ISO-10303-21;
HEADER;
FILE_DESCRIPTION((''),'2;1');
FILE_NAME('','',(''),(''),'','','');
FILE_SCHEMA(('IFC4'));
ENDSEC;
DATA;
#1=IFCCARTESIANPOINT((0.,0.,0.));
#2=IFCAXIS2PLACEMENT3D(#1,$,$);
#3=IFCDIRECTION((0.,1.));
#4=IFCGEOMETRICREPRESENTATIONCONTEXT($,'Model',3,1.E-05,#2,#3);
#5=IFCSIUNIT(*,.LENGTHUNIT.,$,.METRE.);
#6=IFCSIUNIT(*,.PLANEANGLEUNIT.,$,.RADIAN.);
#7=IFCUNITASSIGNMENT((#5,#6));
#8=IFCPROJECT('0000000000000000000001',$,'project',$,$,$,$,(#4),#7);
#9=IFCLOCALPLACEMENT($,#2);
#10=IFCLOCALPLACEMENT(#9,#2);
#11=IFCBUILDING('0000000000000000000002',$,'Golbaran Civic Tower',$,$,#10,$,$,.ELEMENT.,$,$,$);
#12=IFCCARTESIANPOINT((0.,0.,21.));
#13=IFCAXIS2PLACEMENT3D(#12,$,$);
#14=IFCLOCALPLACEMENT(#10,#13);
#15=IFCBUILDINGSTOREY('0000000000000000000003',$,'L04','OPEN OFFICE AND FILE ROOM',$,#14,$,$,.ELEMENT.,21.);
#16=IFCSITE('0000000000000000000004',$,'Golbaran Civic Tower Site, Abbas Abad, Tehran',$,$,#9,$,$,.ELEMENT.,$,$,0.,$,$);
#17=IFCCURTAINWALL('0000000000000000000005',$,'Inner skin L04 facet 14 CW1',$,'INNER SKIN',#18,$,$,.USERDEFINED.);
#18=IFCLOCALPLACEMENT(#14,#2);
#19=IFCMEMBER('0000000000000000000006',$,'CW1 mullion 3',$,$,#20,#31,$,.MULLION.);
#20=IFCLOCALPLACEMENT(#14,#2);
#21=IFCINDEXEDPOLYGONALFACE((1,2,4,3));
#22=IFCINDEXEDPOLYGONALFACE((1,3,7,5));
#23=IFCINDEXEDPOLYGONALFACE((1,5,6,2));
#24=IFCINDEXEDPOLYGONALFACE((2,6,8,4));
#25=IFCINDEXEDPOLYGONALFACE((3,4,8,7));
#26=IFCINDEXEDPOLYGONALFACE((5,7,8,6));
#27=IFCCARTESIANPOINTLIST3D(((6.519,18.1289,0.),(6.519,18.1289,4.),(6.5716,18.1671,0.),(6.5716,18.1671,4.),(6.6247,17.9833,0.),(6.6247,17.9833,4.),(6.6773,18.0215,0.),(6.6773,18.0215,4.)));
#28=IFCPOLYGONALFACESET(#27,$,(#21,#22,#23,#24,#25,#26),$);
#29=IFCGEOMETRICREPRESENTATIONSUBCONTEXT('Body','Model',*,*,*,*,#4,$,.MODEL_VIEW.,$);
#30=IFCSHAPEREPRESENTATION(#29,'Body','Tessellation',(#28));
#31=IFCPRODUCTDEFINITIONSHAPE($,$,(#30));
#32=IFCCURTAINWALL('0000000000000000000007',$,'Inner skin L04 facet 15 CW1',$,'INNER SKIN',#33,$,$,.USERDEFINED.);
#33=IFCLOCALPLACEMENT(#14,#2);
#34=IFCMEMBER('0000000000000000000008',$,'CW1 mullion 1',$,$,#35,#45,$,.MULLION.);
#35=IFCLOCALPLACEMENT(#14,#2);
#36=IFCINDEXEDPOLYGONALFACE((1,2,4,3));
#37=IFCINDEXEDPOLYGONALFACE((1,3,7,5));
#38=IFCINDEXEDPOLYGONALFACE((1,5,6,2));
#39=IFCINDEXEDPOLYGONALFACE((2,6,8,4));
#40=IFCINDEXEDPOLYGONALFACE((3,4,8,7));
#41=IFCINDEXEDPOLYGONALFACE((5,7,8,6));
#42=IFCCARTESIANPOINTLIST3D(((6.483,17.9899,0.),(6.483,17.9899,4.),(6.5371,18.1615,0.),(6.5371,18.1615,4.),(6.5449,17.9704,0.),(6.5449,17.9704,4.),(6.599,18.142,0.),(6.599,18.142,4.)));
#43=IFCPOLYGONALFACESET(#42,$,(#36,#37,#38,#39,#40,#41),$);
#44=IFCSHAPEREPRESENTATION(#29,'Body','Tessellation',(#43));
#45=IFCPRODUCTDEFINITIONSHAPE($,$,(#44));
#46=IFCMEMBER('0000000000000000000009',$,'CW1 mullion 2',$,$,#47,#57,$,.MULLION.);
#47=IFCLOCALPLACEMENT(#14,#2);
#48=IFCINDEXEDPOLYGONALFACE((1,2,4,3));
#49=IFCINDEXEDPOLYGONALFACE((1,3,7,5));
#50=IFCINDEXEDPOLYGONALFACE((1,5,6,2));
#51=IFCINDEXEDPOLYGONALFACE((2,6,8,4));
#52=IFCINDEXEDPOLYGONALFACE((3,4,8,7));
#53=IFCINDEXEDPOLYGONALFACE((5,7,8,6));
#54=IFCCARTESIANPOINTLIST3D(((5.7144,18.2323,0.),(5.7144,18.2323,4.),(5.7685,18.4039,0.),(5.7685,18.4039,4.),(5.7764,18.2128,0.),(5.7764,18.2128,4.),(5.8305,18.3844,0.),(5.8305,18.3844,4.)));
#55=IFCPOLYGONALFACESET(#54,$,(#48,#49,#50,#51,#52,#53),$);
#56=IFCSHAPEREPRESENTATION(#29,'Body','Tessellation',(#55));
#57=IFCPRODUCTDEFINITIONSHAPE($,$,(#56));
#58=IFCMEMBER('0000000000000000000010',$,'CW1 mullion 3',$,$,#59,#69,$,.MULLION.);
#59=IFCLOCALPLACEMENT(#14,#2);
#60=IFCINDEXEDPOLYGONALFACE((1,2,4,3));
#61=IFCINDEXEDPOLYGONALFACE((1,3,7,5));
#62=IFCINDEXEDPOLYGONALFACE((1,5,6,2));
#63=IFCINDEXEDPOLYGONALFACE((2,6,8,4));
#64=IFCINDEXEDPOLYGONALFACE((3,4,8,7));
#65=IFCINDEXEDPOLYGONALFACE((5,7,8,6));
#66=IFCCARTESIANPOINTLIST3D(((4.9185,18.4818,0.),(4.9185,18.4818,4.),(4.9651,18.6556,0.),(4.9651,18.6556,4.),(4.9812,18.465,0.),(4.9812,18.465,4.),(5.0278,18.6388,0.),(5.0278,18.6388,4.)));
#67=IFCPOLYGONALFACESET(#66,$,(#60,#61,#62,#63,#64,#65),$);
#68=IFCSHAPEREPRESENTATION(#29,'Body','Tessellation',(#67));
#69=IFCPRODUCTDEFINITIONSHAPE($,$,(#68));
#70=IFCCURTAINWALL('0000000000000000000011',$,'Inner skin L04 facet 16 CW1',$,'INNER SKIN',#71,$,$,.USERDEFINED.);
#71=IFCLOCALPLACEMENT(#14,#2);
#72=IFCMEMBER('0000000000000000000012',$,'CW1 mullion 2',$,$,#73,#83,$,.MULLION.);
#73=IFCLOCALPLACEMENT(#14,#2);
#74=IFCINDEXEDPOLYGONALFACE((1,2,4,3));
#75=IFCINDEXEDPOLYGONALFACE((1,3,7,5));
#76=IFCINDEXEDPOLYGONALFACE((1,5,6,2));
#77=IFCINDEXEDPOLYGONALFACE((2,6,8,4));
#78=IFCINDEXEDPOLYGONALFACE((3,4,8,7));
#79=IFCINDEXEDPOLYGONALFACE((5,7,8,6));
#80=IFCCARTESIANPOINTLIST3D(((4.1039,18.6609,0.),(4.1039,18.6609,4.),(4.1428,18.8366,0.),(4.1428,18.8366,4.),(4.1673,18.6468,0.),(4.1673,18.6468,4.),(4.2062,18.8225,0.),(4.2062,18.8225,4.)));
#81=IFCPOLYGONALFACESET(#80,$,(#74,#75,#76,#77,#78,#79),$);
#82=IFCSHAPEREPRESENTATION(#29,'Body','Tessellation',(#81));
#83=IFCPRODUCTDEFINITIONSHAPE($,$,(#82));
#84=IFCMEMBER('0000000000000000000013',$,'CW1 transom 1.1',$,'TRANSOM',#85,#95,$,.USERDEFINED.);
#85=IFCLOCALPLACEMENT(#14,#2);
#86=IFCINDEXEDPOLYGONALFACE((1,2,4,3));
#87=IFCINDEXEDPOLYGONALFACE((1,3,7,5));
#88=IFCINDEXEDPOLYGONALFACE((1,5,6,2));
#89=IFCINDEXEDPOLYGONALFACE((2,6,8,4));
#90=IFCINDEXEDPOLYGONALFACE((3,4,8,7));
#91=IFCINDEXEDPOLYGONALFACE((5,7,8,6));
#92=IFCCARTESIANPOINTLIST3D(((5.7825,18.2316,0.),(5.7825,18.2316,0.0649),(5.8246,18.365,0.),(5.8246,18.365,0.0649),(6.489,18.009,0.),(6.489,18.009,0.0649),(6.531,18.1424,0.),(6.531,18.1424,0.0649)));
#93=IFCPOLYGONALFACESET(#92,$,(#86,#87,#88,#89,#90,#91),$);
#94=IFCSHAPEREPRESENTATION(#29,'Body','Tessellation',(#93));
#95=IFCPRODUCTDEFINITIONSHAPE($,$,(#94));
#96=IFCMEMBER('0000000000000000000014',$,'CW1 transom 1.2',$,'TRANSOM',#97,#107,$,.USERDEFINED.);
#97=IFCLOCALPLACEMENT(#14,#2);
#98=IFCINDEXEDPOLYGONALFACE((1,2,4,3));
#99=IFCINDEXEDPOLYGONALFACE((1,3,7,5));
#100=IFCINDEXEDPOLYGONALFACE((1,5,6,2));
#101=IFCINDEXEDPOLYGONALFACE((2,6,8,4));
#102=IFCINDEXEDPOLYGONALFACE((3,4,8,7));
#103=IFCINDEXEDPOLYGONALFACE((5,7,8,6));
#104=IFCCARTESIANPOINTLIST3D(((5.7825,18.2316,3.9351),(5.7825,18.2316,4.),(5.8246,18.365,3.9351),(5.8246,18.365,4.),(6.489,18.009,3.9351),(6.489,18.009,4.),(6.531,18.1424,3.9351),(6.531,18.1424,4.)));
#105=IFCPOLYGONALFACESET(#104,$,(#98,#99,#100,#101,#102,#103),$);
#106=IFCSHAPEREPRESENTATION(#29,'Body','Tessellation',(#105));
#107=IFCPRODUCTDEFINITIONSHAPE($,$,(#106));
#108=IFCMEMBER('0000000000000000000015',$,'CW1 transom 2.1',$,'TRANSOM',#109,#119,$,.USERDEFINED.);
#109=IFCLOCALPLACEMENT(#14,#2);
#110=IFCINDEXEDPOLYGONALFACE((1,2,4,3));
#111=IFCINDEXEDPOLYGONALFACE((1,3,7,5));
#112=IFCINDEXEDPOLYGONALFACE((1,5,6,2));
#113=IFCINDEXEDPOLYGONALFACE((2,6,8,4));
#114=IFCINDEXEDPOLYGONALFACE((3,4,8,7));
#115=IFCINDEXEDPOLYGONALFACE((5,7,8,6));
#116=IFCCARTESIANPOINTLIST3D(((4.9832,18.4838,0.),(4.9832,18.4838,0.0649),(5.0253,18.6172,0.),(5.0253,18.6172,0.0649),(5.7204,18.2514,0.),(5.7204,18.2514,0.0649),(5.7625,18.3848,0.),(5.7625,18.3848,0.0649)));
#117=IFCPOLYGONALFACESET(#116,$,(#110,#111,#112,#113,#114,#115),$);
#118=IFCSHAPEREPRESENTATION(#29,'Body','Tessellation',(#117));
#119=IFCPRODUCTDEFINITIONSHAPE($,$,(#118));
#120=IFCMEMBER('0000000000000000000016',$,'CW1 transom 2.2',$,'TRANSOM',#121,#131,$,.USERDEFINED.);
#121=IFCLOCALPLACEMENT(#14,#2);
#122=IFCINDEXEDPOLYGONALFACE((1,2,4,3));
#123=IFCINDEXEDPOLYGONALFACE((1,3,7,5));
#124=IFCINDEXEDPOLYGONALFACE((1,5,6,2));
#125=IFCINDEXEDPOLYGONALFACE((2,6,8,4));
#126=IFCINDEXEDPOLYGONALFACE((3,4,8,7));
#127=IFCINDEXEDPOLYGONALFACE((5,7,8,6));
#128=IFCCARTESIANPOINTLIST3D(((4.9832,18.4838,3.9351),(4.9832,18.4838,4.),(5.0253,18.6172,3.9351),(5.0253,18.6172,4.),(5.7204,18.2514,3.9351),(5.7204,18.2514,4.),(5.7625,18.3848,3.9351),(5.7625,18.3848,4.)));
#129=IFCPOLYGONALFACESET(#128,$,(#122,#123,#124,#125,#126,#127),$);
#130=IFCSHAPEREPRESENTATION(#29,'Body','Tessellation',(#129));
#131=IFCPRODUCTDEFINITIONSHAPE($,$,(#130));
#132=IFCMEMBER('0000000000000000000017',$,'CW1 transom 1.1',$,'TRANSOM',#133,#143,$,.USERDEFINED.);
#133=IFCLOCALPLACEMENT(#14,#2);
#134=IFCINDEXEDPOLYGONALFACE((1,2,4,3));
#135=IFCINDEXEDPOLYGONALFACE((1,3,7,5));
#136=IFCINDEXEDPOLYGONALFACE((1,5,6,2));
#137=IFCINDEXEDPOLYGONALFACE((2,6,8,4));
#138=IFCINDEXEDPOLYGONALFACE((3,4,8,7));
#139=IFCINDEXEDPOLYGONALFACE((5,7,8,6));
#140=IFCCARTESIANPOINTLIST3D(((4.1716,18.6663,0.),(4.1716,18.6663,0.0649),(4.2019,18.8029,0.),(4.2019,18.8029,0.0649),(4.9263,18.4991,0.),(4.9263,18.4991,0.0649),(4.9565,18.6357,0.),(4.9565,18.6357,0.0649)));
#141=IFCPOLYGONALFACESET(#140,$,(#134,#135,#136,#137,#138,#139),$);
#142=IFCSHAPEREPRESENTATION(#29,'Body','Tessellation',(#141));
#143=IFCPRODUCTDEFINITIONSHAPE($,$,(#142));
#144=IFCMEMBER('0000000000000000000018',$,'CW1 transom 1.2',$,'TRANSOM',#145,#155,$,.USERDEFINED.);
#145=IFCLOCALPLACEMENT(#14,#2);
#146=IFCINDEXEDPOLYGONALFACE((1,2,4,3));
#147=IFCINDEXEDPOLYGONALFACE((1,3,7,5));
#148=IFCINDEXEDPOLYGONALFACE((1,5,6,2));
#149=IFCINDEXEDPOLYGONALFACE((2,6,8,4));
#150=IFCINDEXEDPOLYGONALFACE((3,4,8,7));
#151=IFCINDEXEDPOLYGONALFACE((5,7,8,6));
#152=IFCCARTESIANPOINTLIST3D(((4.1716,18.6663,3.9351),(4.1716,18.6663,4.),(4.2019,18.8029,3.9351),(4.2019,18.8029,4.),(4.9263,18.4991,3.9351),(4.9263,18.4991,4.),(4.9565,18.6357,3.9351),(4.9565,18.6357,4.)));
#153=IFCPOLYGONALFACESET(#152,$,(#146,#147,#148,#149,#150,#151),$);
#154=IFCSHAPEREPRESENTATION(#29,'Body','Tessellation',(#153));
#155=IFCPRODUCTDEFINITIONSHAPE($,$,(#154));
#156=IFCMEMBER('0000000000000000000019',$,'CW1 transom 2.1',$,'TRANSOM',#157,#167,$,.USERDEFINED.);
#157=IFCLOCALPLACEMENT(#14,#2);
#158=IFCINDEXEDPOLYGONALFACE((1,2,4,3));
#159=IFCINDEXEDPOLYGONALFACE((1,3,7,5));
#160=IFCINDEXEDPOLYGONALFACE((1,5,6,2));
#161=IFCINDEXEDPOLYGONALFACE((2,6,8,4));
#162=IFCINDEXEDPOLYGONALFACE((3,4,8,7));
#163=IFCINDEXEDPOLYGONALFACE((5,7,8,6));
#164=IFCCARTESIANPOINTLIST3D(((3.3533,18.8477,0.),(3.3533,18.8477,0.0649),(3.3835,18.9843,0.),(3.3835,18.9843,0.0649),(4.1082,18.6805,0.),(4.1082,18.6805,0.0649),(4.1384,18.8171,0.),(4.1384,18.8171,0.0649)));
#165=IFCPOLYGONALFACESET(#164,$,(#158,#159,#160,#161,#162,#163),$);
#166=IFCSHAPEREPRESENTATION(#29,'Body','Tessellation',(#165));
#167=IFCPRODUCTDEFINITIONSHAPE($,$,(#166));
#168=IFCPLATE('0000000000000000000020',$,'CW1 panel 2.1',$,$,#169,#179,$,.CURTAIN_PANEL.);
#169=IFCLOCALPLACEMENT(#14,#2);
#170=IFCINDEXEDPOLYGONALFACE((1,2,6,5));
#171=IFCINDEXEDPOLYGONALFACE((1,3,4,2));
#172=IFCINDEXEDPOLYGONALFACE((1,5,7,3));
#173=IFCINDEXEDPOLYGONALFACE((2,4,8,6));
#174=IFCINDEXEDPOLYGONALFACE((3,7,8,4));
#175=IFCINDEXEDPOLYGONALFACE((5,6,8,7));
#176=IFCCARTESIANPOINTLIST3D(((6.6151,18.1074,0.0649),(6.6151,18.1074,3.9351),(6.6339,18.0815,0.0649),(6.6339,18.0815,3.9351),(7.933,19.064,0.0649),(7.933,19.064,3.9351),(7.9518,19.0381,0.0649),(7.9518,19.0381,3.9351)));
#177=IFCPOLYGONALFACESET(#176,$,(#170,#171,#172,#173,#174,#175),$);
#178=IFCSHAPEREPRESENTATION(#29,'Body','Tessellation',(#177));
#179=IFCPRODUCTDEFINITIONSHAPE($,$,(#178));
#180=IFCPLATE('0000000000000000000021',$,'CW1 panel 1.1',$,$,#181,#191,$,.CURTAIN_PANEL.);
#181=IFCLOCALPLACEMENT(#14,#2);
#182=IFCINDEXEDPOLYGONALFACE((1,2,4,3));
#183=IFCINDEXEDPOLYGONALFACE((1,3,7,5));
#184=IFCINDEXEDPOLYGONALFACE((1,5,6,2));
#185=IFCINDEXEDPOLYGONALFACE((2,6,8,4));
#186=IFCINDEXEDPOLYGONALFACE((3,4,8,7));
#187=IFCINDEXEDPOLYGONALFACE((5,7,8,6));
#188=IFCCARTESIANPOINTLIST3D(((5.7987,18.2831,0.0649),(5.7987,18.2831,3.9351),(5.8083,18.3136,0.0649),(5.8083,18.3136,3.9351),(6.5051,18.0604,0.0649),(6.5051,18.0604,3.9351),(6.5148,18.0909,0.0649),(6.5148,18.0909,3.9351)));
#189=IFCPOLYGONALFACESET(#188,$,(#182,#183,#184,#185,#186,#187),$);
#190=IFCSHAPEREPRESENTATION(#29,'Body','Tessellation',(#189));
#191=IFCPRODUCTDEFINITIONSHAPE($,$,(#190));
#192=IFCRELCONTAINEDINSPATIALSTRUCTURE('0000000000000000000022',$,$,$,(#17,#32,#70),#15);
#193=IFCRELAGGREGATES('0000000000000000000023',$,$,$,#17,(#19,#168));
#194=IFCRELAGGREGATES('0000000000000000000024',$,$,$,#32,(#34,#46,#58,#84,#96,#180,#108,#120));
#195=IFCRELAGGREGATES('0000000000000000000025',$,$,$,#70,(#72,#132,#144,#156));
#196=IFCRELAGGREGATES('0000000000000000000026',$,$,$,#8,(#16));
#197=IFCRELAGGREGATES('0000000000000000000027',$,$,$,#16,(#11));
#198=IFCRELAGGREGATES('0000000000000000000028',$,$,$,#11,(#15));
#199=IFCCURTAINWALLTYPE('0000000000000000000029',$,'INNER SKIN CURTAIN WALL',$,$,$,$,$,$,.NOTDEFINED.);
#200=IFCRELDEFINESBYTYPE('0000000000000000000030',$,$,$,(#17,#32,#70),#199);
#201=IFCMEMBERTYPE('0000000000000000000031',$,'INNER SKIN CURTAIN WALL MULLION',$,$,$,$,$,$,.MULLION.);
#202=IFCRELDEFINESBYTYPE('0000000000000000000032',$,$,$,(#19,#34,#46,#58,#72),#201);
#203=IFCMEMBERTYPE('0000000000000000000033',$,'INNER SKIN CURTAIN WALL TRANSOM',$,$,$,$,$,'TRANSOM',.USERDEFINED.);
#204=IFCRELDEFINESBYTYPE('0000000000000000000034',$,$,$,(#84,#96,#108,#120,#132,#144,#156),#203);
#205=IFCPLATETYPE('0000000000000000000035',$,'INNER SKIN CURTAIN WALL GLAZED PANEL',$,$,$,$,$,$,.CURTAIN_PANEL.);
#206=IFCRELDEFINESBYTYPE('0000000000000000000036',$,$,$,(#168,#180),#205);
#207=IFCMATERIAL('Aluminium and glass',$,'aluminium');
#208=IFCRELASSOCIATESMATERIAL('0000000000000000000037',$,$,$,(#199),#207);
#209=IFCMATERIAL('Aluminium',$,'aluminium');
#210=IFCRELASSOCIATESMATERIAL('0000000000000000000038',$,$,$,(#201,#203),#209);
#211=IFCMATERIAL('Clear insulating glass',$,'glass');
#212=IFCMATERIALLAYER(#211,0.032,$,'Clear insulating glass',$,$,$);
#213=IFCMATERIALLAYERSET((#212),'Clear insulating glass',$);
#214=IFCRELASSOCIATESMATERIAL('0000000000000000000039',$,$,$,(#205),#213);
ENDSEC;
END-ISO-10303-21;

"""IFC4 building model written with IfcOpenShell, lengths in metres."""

from ifc_helpers import new_model, si_unit, direction, frame, origin, origin_2d, place, context, subcontext, project, spatial, rectangle, extrude, material, layer, layer_set, material_profile, profile_set, type_object, element, aggregate, save


model = new_model("IFC4")

# Units and contexts
model_context = context("Model", 3, precision=1e-05, world=origin(), true_north=direction((0.0, 1.0)))
body_context = subcontext(model_context, "Body", "Model", "MODEL_VIEW")
ifc_project = project(units=[si_unit("LENGTHUNIT", "METRE"), si_unit("PLANEANGLEUNIT", "RADIAN")], contexts=[model_context])

# Site, building, storey
site_placement = place(None, origin())
site = spatial("IfcSite", under=ifc_project, at=site_placement, Name="Golbaran Civic Tower Site, Abbas Abad, Tehran", CompositionType="ELEMENT", RefElevation=0.0)
building_placement = place(site_placement, origin())
building = spatial("IfcBuilding", under=site, at=building_placement, Name="Golbaran Civic Tower", CompositionType="ELEMENT")
storey_placement = place(building_placement, frame((0.0, 0.0, 21.0)))
storey = spatial("IfcBuildingStorey", under=building, at=storey_placement, Name="L04", Description="OPEN OFFICE AND FILE ROOM", CompositionType="ELEMENT", Elevation=21.0)

# Curtain wall, member
ifc_material_1 = material(Name="Aluminium and glass", Category="aluminium")
curtain_wall_type = type_object("IfcCurtainWallType", Name="INNER SKIN CURTAIN WALL", PredefinedType="NOTDEFINED", material=ifc_material_1)
curtain_wall_1_placement = place(storey_placement, origin())
curtain_wall_1 = element("IfcCurtainWall", 1, at=curtain_wall_1_placement, inside=storey, type_object=curtain_wall_type, Name="Inner skin L04 facet 14 CW1", ObjectType="INNER SKIN", PredefinedType="USERDEFINED")
ifc_material_2 = material(Name="Aluminium", Category="aluminium")
ifc_material_profile_1 = material_profile(ifc_material_2, rectangle(XDim=0.1799, YDim=0.0649, at=origin_2d()), Name="INNER SKIN CURTAIN WALL MULLION")
ifc_profile_set_1 = profile_set([ifc_material_profile_1], Name="Aluminium")
member_type_1 = type_object("IfcMemberType", Name="INNER SKIN CURTAIN WALL MULLION", PredefinedType="MULLION", material=ifc_profile_set_1)
member_1_placement = place(storey_placement, frame((6.5981, 18.0752, 0.0), z_axis=(0.0, 0.0, 1.0), x_axis=(0.587431, -0.809274, 0.0)))
member_1 = element("IfcMember", 2, at=member_1_placement, type_object=member_type_1, Name="CW1 mullion 3", PredefinedType="MULLION", context=body_context, shape_type="SweptSolid", body=[
    extrude(rectangle(XDim=0.1799, YDim=0.0649, at=origin_2d()), origin(), (0.0, 0.0, 1.0), 4.0),
])

# Curtain wall, members
curtain_wall_2_placement = place(storey_placement, origin())
curtain_wall_2 = element("IfcCurtainWall", 3, at=curtain_wall_2_placement, inside=storey, type_object=curtain_wall_type, Name="Inner skin L04 facet 15 CW1", ObjectType="INNER SKIN", PredefinedType="USERDEFINED")
member_2_placement = place(storey_placement, frame((6.541, 18.0659, 0.0), z_axis=(0.0, 0.0, 1.0), x_axis=(-0.300706, -0.953717, 0.0)))
member_2 = element("IfcMember", 4, at=member_2_placement, type_object=member_type_1, Name="CW1 mullion 1", PredefinedType="MULLION", context=body_context, shape_type="SweptSolid", body=[
    extrude(rectangle(XDim=0.1799, YDim=0.0649, at=origin_2d()), origin(), (0.0, 0.0, 1.0), 4.0),
])
member_3_placement = place(storey_placement, frame((5.7725, 18.3083, 0.0), z_axis=(0.0, 0.0, 1.0), x_axis=(-0.300706, -0.953717, 0.0)))
member_3 = element("IfcMember", 5, at=member_3_placement, type_object=member_type_1, Name="CW1 mullion 2", PredefinedType="MULLION", context=body_context, shape_type="SweptSolid", body=[
    extrude(rectangle(XDim=0.1799, YDim=0.0649, at=origin_2d()), origin(), (0.0, 0.0, 1.0), 4.0),
])
member_4_placement = place(storey_placement, frame((4.9731, 18.5603, 0.0), z_axis=(0.0, 0.0, 1.0), x_axis=(-0.258819, -0.965926, 0.0)))
member_4 = element("IfcMember", 6, at=member_4_placement, type_object=member_type_1, Name="CW1 mullion 3", PredefinedType="MULLION", context=body_context, shape_type="SweptSolid", body=[
    extrude(rectangle(XDim=0.1799, YDim=0.0649, at=origin_2d()), origin(), (0.0, 0.0, 1.0), 4.0),
])

# Curtain wall, member
curtain_wall_3_placement = place(storey_placement, origin())
curtain_wall_3 = element("IfcCurtainWall", 7, at=curtain_wall_3_placement, inside=storey, type_object=curtain_wall_type, Name="Inner skin L04 facet 16 CW1", ObjectType="INNER SKIN", PredefinedType="USERDEFINED")
member_5_placement = place(storey_placement, frame((4.155, 18.7417, 0.0), z_axis=(0.0, 0.0, 1.0), x_axis=(-0.21644, -0.976296, 0.0)))
member_5 = element("IfcMember", 8, at=member_5_placement, type_object=member_type_1, Name="CW1 mullion 2", PredefinedType="MULLION", context=body_context, shape_type="SweptSolid", body=[
    extrude(rectangle(XDim=0.1799, YDim=0.0649, at=origin_2d()), origin(), (0.0, 0.0, 1.0), 4.0),
])

# Members
ifc_material_profile_2 = material_profile(ifc_material_2, rectangle(XDim=0.1399, YDim=0.0649, at=origin_2d()), Name="INNER SKIN CURTAIN WALL TRANSOM")
ifc_profile_set_2 = profile_set([ifc_material_profile_2], Name="Aluminium")
member_type_2 = type_object("IfcMemberType", Name="INNER SKIN CURTAIN WALL TRANSOM", ElementType="TRANSOM", PredefinedType="USERDEFINED", material=ifc_profile_set_2)
member_6_placement = place(storey_placement, frame((6.51, 18.0757, 0.0325), z_axis=(-0.953762, 0.300563, 0.0), x_axis=(-0.300563, -0.953762, 0.0)))
member_6 = element("IfcMember", 9, at=member_6_placement, type_object=member_type_2, Name="CW1 transom 1.1", ObjectType="TRANSOM", PredefinedType="USERDEFINED", context=body_context, shape_type="SweptSolid", body=[
    extrude(rectangle(XDim=0.1399, YDim=0.0649, at=origin_2d()), origin(), (0.0, 0.0, 1.0), 0.7407),
])
member_7_placement = place(storey_placement, frame((6.51, 18.0757, 3.9675), z_axis=(-0.953762, 0.300563, 0.0), x_axis=(-0.300563, -0.953762, 0.0)))
member_7 = element("IfcMember", 10, at=member_7_placement, type_object=member_type_2, Name="CW1 transom 1.2", ObjectType="TRANSOM", PredefinedType="USERDEFINED", context=body_context, shape_type="SweptSolid", body=[
    extrude(rectangle(XDim=0.1399, YDim=0.0649, at=origin_2d()), origin(), (0.0, 0.0, 1.0), 0.7407),
])
member_8_placement = place(storey_placement, frame((5.7415, 18.3181, 0.0325), z_axis=(-0.953735, 0.300648, 0.0), x_axis=(-0.300648, -0.953735, 0.0)))
member_8 = element("IfcMember", 11, at=member_8_placement, type_object=member_type_2, Name="CW1 transom 2.1", ObjectType="TRANSOM", PredefinedType="USERDEFINED", context=body_context, shape_type="SweptSolid", body=[
    extrude(rectangle(XDim=0.1399, YDim=0.0649, at=origin_2d()), origin(), (0.0, 0.0, 1.0), 0.7729),
])
member_9_placement = place(storey_placement, frame((5.7415, 18.3181, 3.9675), z_axis=(-0.953735, 0.300648, 0.0), x_axis=(-0.300648, -0.953735, 0.0)))
member_9 = element("IfcMember", 12, at=member_9_placement, type_object=member_type_2, Name="CW1 transom 2.2", ObjectType="TRANSOM", PredefinedType="USERDEFINED", context=body_context, shape_type="SweptSolid", body=[
    extrude(rectangle(XDim=0.1399, YDim=0.0649, at=origin_2d()), origin(), (0.0, 0.0, 1.0), 0.7729),
])
member_10_placement = place(storey_placement, frame((4.9414, 18.5674, 0.0325), z_axis=(-0.976313, 0.216362, 0.0), x_axis=(-0.216362, -0.976313, 0.0)))
member_10 = element("IfcMember", 13, at=member_10_placement, type_object=member_type_2, Name="CW1 transom 1.1", ObjectType="TRANSOM", PredefinedType="USERDEFINED", context=body_context, shape_type="SweptSolid", body=[
    extrude(rectangle(XDim=0.1399, YDim=0.0649, at=origin_2d()), origin(), (0.0, 0.0, 1.0), 0.7729),
])
member_11_placement = place(storey_placement, frame((4.9414, 18.5674, 3.9675), z_axis=(-0.976313, 0.216362, 0.0), x_axis=(-0.216362, -0.976313, 0.0)))
member_11 = element("IfcMember", 14, at=member_11_placement, type_object=member_type_2, Name="CW1 transom 1.2", ObjectType="TRANSOM", PredefinedType="USERDEFINED", context=body_context, shape_type="SweptSolid", body=[
    extrude(rectangle(XDim=0.1399, YDim=0.0649, at=origin_2d()), origin(), (0.0, 0.0, 1.0), 0.7729),
])
member_12_placement = place(storey_placement, frame((4.1233, 18.7488, 0.0325), z_axis=(-0.976328, 0.216295, 0.0), x_axis=(-0.216295, -0.976328, 0.0)))
member_12 = element("IfcMember", 15, at=member_12_placement, type_object=member_type_2, Name="CW1 transom 2.1", ObjectType="TRANSOM", PredefinedType="USERDEFINED", context=body_context, shape_type="SweptSolid", body=[
    extrude(rectangle(XDim=0.1399, YDim=0.0649, at=origin_2d()), origin(), (0.0, 0.0, 1.0), 0.7732),
])

# Plates
ifc_material_3 = material(Name="Clear insulating glass", Category="glass")
ifc_layer_1 = layer(ifc_material_3, 0.032, Name="Clear insulating glass")
ifc_layer_set_1 = layer_set([ifc_layer_1], Name="Clear insulating glass")
plate_type = type_object("IfcPlateType", Name="INNER SKIN CURTAIN WALL GLAZED PANEL", PredefinedType="CURTAIN_PANEL", material=ifc_layer_set_1)
plate_1_placement = place(storey_placement, frame((7.2834, 18.5728, 0.0649), z_axis=(0.0, 0.0, 1.0), x_axis=(-0.809274, -0.587431, 0.0)))
plate_1 = element("IfcPlate", 16, at=plate_1_placement, type_object=plate_type, Name="CW1 panel 2.1", PredefinedType="CURTAIN_PANEL", context=body_context, shape_type="SweptSolid", body=[
    extrude(rectangle(XDim=1.6284, YDim=0.032, at=origin_2d()), origin(), (0.0, 0.0, 1.0), 3.8701),
])
aggregate(curtain_wall_1, [member_1, plate_1])
plate_2_placement = place(storey_placement, frame((6.1567, 18.187, 0.0649), z_axis=(0.0, 0.0, 1.0), x_axis=(-0.953717, 0.300706, 0.0)))
plate_2 = element("IfcPlate", 17, at=plate_2_placement, type_object=plate_type, Name="CW1 panel 1.1", PredefinedType="CURTAIN_PANEL", context=body_context, shape_type="SweptSolid", body=[
    extrude(rectangle(XDim=0.7407, YDim=0.032, at=origin_2d()), origin(), (0.0, 0.0, 1.0), 3.8701),
])
aggregate(curtain_wall_2, [member_2, member_3, member_4, member_6, member_7, plate_2, member_8, member_9])
aggregate(curtain_wall_3, [member_5, member_10, member_11, member_12])

save(model, "model.ifc")
